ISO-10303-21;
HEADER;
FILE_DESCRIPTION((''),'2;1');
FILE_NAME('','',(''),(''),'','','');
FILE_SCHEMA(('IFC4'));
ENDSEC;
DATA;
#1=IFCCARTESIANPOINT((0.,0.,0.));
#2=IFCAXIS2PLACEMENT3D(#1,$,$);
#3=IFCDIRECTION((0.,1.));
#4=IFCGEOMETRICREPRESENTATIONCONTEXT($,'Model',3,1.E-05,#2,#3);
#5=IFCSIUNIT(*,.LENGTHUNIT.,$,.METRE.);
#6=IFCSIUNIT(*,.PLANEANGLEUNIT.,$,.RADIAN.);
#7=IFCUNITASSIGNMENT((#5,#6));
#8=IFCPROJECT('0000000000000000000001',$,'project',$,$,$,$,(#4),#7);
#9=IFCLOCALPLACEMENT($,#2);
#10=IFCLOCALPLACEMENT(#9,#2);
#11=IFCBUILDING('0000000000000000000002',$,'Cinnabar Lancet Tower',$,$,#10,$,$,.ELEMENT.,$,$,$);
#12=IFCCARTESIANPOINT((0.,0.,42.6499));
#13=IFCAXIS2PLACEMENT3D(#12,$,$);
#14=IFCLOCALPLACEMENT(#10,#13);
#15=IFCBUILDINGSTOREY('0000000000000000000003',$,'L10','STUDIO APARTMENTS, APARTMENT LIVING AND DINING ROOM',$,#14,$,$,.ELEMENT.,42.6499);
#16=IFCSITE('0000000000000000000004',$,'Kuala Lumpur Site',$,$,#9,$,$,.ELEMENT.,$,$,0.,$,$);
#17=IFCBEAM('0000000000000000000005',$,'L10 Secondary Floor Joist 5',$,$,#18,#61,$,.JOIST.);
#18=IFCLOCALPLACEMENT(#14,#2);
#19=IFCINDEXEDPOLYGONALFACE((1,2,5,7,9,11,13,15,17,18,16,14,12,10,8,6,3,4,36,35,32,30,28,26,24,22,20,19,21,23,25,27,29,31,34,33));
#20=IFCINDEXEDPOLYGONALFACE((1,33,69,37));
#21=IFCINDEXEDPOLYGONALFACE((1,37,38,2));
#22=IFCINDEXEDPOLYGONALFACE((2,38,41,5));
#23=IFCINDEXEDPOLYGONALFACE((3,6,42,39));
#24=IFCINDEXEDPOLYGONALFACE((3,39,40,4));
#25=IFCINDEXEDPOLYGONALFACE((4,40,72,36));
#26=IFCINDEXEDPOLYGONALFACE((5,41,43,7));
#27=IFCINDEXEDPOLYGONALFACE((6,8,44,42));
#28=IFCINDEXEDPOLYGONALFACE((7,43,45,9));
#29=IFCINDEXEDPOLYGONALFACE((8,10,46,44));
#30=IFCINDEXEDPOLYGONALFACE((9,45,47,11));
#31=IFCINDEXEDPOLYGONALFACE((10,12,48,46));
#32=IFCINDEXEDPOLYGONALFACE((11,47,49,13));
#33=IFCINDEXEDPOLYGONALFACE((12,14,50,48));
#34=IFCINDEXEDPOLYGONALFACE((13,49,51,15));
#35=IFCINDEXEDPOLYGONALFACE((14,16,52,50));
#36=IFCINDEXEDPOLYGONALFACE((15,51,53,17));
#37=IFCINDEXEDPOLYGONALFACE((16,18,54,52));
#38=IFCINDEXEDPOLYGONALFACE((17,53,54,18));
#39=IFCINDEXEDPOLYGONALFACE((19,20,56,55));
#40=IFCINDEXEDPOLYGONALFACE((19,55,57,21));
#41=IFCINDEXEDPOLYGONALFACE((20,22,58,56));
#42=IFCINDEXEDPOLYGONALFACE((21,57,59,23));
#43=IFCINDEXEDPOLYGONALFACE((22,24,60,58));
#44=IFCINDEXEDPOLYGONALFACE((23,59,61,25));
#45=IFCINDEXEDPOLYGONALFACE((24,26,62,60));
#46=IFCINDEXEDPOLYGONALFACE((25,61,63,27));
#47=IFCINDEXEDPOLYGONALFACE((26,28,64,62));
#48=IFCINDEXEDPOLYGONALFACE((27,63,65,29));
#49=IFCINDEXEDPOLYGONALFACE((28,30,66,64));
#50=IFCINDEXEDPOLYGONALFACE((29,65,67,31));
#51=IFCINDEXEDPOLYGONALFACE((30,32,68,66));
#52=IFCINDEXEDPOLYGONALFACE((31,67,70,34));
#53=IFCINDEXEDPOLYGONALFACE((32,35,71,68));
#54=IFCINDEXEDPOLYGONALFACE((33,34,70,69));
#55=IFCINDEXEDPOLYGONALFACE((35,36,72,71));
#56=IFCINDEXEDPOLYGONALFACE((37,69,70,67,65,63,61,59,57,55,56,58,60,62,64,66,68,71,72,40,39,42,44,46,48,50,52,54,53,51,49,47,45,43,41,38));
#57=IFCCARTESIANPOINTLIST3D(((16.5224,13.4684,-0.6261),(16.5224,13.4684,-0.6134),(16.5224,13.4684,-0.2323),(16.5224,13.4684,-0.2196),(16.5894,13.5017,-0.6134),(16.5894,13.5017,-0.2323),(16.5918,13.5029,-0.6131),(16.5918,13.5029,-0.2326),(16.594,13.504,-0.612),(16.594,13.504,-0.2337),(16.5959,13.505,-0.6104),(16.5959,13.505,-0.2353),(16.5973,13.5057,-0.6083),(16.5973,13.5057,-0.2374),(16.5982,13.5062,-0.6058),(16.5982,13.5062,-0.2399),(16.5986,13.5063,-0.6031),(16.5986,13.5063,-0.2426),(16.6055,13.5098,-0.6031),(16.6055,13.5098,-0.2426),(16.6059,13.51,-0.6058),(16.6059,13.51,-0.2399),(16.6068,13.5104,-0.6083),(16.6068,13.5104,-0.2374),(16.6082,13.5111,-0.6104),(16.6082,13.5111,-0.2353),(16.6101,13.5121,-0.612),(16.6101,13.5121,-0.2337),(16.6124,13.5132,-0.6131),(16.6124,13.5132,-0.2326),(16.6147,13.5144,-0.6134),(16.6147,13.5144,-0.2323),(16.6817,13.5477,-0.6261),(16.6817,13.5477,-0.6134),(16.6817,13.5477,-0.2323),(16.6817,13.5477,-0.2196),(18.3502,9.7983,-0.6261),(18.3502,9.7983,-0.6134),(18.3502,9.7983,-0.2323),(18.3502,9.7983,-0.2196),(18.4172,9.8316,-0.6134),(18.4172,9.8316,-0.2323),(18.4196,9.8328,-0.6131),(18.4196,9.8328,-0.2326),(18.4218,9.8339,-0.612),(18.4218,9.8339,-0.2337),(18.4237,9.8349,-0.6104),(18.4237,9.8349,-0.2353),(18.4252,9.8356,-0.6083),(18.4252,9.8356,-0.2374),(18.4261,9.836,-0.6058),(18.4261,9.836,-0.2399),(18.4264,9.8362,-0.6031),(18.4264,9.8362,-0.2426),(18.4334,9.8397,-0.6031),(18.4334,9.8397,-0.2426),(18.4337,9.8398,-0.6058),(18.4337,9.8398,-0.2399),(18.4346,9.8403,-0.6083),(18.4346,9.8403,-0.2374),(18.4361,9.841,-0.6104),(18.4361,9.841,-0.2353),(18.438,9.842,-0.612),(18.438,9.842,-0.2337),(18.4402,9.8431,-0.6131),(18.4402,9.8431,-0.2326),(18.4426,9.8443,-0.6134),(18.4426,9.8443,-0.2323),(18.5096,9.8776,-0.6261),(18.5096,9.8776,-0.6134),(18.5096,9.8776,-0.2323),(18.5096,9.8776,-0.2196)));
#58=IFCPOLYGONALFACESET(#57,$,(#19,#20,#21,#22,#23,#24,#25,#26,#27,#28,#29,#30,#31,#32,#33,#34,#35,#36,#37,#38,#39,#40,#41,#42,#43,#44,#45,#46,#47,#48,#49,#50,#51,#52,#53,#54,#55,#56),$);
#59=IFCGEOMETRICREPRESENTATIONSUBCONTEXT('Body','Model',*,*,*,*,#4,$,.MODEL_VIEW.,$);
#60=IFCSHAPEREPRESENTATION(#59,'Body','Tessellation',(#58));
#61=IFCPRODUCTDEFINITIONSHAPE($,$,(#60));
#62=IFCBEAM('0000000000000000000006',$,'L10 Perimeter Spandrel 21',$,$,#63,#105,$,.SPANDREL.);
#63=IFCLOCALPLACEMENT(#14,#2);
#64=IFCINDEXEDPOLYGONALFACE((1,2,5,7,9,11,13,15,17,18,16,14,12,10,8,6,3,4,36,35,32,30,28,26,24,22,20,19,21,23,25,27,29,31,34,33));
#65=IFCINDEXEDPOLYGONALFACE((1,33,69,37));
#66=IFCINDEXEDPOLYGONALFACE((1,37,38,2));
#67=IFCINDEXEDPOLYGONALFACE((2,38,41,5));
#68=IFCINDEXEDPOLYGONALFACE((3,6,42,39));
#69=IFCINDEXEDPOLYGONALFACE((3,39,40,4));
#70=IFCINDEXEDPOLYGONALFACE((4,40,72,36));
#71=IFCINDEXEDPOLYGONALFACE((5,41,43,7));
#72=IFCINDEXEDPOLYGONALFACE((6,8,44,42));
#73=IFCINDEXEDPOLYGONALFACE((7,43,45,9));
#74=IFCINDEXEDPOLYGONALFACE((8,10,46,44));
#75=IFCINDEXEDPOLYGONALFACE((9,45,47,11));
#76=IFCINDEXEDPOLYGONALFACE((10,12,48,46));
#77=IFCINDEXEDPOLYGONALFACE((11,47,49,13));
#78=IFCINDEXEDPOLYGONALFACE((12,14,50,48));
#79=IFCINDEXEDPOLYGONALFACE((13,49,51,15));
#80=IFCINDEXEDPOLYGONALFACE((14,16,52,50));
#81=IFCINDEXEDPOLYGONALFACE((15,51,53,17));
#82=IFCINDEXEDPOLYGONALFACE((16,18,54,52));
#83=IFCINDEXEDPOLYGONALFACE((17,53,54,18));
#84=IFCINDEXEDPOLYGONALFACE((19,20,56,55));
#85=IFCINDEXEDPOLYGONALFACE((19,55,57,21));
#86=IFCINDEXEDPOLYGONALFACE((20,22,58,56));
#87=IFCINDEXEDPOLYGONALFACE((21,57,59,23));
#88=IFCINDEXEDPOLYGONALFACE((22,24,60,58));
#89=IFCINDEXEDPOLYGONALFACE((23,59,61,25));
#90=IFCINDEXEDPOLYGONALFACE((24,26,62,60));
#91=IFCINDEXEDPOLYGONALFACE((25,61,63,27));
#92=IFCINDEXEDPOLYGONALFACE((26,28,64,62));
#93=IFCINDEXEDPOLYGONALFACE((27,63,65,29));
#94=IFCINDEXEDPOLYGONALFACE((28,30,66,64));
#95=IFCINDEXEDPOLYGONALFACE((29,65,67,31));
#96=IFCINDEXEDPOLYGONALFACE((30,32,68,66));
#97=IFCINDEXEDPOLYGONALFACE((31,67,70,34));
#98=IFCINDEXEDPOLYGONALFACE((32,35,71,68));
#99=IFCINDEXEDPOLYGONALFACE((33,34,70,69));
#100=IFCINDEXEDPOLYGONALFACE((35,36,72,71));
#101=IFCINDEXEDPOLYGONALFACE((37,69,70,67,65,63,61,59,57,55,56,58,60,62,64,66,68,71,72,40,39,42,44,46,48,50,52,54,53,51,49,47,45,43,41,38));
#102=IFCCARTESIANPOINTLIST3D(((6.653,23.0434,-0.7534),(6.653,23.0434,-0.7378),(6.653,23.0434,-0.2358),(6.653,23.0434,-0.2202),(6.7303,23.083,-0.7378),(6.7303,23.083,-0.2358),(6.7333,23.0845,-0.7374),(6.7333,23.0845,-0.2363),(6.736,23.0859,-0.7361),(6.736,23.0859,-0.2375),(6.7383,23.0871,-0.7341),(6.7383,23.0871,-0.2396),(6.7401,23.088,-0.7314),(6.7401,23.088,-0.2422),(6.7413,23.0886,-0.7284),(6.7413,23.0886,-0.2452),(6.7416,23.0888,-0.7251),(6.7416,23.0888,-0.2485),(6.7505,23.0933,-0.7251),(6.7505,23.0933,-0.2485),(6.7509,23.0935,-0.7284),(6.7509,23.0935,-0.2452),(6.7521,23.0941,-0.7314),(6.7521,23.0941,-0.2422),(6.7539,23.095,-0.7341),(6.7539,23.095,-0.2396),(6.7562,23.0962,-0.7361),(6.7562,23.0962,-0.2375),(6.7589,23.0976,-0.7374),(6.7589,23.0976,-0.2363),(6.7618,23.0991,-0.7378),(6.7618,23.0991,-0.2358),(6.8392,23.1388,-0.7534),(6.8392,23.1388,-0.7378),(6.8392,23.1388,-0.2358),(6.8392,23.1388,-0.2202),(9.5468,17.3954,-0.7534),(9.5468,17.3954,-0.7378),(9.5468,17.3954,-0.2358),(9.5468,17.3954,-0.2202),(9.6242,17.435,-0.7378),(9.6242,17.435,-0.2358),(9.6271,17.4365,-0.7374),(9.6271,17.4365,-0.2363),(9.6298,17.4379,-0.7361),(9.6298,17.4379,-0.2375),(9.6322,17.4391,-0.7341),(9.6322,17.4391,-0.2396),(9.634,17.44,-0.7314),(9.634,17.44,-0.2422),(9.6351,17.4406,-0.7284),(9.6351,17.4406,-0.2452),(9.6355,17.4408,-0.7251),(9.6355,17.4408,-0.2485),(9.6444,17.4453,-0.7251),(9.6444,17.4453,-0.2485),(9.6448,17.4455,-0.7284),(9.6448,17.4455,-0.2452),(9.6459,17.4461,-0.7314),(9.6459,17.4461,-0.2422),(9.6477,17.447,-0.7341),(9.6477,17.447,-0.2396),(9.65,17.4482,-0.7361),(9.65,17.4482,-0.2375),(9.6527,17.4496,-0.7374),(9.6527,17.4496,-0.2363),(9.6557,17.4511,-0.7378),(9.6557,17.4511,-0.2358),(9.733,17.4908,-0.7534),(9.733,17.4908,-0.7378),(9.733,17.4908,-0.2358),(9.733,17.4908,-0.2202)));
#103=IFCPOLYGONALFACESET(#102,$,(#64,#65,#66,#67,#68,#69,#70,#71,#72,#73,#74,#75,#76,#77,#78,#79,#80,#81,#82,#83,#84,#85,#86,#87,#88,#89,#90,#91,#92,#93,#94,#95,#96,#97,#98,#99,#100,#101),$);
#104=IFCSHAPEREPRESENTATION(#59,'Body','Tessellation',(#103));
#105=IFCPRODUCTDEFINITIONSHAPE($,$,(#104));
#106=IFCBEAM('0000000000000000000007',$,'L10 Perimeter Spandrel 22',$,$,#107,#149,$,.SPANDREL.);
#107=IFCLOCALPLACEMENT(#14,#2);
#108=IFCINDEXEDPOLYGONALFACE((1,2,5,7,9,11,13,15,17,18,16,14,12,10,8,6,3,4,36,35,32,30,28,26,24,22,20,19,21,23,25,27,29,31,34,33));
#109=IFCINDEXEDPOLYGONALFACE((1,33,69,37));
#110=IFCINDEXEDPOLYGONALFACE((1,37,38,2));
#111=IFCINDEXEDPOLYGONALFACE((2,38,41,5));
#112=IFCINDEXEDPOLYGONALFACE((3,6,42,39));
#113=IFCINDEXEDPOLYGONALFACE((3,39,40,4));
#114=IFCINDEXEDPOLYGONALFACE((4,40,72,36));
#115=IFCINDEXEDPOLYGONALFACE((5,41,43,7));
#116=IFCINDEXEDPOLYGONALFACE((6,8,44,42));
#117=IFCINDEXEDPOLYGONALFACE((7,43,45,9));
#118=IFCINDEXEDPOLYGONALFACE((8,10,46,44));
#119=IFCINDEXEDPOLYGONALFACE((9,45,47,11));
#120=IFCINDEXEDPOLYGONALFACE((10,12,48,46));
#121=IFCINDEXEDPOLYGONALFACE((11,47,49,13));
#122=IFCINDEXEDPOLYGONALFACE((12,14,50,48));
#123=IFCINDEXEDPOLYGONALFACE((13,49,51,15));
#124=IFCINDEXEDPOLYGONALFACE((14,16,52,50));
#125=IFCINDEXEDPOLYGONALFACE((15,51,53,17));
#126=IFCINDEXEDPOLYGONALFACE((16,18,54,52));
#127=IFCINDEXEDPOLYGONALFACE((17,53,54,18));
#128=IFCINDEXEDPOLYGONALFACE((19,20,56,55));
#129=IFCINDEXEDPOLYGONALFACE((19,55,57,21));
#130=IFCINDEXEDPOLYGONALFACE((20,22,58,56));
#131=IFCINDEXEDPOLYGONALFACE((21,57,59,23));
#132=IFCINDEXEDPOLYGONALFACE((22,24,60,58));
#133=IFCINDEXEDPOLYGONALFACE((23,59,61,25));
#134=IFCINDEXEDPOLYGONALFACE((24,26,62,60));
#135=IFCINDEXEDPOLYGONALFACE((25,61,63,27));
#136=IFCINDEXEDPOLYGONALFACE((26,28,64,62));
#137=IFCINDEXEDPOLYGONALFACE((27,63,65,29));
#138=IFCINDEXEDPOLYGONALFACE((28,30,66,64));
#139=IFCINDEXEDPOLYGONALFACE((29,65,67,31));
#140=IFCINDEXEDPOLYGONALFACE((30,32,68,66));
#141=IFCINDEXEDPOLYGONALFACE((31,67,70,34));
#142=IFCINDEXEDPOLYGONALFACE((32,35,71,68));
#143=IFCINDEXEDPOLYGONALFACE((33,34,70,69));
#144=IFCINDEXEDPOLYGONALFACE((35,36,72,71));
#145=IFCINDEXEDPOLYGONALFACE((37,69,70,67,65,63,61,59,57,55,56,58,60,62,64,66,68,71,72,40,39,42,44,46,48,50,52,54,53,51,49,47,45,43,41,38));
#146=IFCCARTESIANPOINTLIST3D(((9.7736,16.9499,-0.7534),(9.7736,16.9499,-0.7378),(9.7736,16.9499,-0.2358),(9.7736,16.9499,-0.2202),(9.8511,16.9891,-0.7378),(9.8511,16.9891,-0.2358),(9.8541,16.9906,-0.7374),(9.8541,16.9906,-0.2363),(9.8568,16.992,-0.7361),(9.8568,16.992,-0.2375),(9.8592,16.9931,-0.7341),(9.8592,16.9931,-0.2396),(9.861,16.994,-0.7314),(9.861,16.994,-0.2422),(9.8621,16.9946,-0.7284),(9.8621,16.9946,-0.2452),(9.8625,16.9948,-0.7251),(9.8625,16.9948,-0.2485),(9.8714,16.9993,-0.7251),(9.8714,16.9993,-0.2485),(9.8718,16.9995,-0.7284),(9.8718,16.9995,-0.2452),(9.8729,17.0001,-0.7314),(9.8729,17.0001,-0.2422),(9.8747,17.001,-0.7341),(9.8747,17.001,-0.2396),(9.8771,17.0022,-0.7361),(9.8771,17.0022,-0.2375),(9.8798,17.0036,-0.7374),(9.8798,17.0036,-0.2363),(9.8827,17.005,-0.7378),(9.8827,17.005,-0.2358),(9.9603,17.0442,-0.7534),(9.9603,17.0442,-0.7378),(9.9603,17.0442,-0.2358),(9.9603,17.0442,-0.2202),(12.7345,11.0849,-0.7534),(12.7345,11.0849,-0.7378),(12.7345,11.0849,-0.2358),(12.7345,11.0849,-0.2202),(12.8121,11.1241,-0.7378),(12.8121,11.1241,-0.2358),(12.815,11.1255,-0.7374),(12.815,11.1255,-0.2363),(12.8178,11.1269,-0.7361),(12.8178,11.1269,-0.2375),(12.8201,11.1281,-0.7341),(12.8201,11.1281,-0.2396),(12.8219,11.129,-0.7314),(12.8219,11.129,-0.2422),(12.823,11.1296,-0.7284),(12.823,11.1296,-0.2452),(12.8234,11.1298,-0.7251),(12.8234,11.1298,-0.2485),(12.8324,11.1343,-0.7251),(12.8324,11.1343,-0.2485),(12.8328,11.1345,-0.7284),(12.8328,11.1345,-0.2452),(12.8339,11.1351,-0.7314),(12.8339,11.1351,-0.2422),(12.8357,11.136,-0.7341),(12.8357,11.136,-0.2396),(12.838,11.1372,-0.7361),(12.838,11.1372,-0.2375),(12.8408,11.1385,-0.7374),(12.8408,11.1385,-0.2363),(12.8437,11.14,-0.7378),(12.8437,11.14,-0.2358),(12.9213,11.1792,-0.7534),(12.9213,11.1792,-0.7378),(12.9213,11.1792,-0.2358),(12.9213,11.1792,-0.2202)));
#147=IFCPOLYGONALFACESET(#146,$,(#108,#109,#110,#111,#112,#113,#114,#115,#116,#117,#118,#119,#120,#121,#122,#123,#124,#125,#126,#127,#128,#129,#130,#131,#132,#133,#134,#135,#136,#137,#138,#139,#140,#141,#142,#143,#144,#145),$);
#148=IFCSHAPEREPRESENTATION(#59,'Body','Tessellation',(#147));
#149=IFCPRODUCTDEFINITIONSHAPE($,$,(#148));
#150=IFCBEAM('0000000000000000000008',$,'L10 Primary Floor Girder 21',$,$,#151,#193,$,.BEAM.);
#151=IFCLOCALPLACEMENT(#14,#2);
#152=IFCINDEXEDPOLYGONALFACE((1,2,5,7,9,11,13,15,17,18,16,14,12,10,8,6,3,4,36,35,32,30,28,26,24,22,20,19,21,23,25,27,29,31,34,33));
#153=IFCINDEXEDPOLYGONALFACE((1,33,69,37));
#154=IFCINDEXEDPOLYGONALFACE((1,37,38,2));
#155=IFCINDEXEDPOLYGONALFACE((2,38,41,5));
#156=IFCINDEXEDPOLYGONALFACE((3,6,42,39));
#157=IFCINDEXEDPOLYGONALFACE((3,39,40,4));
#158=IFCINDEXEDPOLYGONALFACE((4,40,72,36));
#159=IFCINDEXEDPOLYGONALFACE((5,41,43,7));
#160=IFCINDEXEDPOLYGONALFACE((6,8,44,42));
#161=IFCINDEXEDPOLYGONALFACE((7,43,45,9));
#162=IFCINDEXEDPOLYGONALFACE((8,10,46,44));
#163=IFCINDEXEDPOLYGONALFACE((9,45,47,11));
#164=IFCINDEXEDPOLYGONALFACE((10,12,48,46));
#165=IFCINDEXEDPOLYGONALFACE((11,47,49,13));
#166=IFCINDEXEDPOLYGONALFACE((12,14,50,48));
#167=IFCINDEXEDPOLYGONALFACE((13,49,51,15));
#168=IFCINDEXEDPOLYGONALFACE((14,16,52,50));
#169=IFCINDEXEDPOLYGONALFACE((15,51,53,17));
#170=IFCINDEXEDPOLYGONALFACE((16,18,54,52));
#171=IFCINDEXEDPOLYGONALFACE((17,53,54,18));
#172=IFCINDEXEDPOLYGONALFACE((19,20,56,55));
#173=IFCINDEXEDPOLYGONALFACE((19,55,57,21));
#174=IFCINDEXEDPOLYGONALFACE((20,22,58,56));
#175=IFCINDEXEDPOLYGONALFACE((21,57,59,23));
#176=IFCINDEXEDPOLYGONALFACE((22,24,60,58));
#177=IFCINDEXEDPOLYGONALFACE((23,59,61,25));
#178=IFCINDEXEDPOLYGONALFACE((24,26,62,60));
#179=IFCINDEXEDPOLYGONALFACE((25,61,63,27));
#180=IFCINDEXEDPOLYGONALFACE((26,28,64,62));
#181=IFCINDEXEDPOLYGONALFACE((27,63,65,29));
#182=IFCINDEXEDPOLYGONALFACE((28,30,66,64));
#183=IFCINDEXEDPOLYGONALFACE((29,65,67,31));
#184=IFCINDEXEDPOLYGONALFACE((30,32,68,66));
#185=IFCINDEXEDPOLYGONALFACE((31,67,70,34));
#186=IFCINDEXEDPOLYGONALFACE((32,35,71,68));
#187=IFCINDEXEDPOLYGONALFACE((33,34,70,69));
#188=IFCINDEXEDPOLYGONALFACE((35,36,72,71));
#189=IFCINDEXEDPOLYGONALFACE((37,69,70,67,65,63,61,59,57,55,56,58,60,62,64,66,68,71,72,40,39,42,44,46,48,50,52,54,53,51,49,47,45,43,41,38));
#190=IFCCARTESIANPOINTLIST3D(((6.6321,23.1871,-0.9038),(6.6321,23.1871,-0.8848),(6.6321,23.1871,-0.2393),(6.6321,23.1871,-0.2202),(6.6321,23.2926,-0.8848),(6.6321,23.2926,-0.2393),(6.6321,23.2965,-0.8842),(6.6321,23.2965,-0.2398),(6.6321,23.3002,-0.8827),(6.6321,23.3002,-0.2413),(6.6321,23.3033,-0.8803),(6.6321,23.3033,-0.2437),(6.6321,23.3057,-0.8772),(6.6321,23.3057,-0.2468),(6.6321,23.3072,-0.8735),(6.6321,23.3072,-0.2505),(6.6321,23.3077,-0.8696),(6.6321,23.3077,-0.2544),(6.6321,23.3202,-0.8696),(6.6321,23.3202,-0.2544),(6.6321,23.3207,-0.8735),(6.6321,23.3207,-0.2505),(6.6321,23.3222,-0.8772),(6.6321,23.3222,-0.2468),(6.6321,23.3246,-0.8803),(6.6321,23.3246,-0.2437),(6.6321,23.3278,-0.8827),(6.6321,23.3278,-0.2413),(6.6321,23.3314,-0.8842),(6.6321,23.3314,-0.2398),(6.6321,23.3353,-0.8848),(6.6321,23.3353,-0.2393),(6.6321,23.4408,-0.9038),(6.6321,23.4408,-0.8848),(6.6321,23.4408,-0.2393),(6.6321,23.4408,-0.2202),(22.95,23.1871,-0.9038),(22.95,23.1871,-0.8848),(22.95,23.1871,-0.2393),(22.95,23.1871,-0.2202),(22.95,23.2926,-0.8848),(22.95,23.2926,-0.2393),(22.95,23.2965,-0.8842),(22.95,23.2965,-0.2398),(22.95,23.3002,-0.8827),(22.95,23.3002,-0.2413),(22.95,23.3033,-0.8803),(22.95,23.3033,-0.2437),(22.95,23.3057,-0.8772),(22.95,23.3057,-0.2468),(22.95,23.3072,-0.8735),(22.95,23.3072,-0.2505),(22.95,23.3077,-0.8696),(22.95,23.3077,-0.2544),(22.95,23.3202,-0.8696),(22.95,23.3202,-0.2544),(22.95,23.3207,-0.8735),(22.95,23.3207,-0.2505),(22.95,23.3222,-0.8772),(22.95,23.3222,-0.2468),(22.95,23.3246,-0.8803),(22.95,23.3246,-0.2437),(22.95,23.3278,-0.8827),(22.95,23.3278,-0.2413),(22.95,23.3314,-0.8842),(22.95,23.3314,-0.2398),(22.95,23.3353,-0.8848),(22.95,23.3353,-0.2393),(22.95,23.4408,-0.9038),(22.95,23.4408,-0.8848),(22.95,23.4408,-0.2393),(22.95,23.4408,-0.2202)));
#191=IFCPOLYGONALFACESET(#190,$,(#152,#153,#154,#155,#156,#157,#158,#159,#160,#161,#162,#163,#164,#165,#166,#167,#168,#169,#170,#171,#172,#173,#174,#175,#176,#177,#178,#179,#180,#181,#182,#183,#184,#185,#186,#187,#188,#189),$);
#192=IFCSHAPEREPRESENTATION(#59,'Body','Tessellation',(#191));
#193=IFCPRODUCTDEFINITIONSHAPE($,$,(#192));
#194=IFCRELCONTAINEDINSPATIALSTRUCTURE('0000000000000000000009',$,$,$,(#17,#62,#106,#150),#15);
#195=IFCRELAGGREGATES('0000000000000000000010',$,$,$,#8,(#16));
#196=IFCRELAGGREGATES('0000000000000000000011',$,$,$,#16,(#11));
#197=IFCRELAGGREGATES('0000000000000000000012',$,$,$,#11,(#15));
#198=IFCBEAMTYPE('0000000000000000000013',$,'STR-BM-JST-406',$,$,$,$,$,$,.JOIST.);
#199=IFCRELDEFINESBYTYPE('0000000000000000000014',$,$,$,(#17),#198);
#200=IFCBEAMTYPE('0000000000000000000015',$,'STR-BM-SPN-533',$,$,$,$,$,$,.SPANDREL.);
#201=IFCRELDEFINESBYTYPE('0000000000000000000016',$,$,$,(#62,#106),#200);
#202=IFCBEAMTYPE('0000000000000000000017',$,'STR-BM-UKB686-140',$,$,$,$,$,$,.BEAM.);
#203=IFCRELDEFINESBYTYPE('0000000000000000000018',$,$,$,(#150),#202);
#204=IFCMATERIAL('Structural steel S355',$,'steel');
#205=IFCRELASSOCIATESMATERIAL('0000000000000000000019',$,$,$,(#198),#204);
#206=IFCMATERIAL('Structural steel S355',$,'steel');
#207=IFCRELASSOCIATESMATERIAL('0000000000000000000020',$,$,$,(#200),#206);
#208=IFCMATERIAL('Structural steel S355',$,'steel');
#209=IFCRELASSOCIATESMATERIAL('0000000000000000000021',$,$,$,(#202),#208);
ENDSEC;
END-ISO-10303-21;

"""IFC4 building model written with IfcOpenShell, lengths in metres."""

from ifc_helpers import new_model, si_unit, direction, frame, origin, origin_2d, place, context, subcontext, project, spatial, i_section, extrude, material, material_profile, profile_set, type_object, element, save


model = new_model("IFC4")

# Units and contexts
model_context = context("Model", 3, precision=1e-05, world=origin(), true_north=direction((0.0, 1.0)))
body_context = subcontext(model_context, "Body", "Model", "MODEL_VIEW")
ifc_project = project(units=[si_unit("LENGTHUNIT", "METRE"), si_unit("PLANEANGLEUNIT", "RADIAN")], contexts=[model_context])

# Site, building, storey
site_placement = place(None, origin())
site = spatial("IfcSite", under=ifc_project, at=site_placement, Name="Kuala Lumpur Site", CompositionType="ELEMENT", RefElevation=0.0)
building_placement = place(site_placement, origin())
building = spatial("IfcBuilding", under=site, at=building_placement, Name="Cinnabar Lancet Tower", CompositionType="ELEMENT")
storey_placement = place(building_placement, frame((0.0, 0.0, 42.6499)))
storey = spatial("IfcBuildingStorey", under=building, at=storey_placement, Name="L10", Description="STUDIO APARTMENTS, APARTMENT LIVING AND DINING ROOM", CompositionType="ELEMENT", Elevation=42.6499)

# Beams
ifc_material_1 = material(Name="Structural steel S355", Category="steel")
ifc_material_profile_1 = material_profile(ifc_material_1, i_section(OverallWidth=0.178, OverallDepth=0.4065, WebThickness=0.0078, FlangeThickness=0.0127, FilletRadius=0.0103, at=origin_2d()), Name="UKB 406x178x60")
ifc_profile_set_1 = profile_set([ifc_material_profile_1], Name="Structural steel S355")
beam_type_1 = type_object("IfcBeamType", Name="STR-BM-JST-406", PredefinedType="JOIST", material=ifc_profile_set_1)
beam_1_placement = place(storey_placement, frame((16.6021, 13.5081, -0.4229), z_axis=(0.445808, -0.895129, 0.0), x_axis=(0.895129, 0.445808, 0.0)))
element("IfcBeam", 1, at=beam_1_placement, inside=storey, type_object=beam_type_1, Name="L10 Secondary Floor Joist 5", PredefinedType="JOIST", context=body_context, shape_type="SweptSolid", body=[
    extrude(i_section(OverallWidth=0.178, OverallDepth=0.4065, WebThickness=0.0078, FlangeThickness=0.0127, FilletRadius=0.0103, at=origin_2d()), origin(), (0.0, 0.0, 1.0), 4.1001),
])
ifc_material_2 = material(Name="Structural steel S355", Category="steel")
ifc_material_profile_2 = material_profile(ifc_material_2, i_section(OverallWidth=0.2092, OverallDepth=0.5332, WebThickness=0.01, FlangeThickness=0.0156, FilletRadius=0.0127, at=origin_2d()), Name="UKB 533x210x92")
ifc_profile_set_2 = profile_set([ifc_material_profile_2], Name="Structural steel S355")
beam_type_2 = type_object("IfcBeamType", Name="STR-BM-SPN-533", PredefinedType="SPANDREL", material=ifc_profile_set_2)
beam_2_placement = place(storey_placement, frame((6.7461, 23.0911, -0.4868), z_axis=(0.455994, -0.889983, 0.0), x_axis=(0.889983, 0.455994, 0.0)))
element("IfcBeam", 2, at=beam_2_placement, inside=storey, type_object=beam_type_2, Name="L10 Perimeter Spandrel 21", PredefinedType="SPANDREL", context=body_context, shape_type="SweptSolid", body=[
    extrude(i_section(OverallWidth=0.2092, OverallDepth=0.5332, WebThickness=0.01, FlangeThickness=0.0156, FilletRadius=0.0127, at=origin_2d()), origin(), (0.0, 0.0, 1.0), 6.3462),
])
beam_3_placement = place(storey_placement, frame((9.8669, 16.9971, -0.4868), z_axis=(0.450674, -0.892689, 0.0), x_axis=(0.892689, 0.450674, 0.0)))
element("IfcBeam", 3, at=beam_3_placement, inside=storey, type_object=beam_type_2, Name="L10 Perimeter Spandrel 22", PredefinedType="SPANDREL", context=body_context, shape_type="SweptSolid", body=[
    extrude(i_section(OverallWidth=0.2092, OverallDepth=0.5332, WebThickness=0.01, FlangeThickness=0.0156, FilletRadius=0.0127, at=origin_2d()), origin(), (0.0, 0.0, 1.0), 6.5701),
])
ifc_material_3 = material(Name="Structural steel S355", Category="steel")
ifc_material_profile_3 = material_profile(ifc_material_3, i_section(OverallWidth=0.2537, OverallDepth=0.6836, WebThickness=0.0125, FlangeThickness=0.019, FilletRadius=0.0151, at=origin_2d()), Name="UKB 686x254x140")
ifc_profile_set_3 = profile_set([ifc_material_profile_3], Name="Structural steel S355")
beam_type_3 = type_object("IfcBeamType", Name="STR-BM-UKB686-140", PredefinedType="BEAM", material=ifc_profile_set_3)
beam_4_placement = place(storey_placement, frame((6.6321, 23.314, -0.562), z_axis=(1.0, 0.0, 0.0), x_axis=(0.0, 1.0, 0.0)))
element("IfcBeam", 4, at=beam_4_placement, inside=storey, type_object=beam_type_3, Name="L10 Primary Floor Girder 21", PredefinedType="BEAM", context=body_context, shape_type="SweptSolid", body=[
    extrude(i_section(OverallWidth=0.2537, OverallDepth=0.6836, WebThickness=0.0125, FlangeThickness=0.019, FilletRadius=0.0151, at=origin_2d()), origin(), (0.0, 0.0, 1.0), 16.3179),
])

save(model, "model.ifc")
